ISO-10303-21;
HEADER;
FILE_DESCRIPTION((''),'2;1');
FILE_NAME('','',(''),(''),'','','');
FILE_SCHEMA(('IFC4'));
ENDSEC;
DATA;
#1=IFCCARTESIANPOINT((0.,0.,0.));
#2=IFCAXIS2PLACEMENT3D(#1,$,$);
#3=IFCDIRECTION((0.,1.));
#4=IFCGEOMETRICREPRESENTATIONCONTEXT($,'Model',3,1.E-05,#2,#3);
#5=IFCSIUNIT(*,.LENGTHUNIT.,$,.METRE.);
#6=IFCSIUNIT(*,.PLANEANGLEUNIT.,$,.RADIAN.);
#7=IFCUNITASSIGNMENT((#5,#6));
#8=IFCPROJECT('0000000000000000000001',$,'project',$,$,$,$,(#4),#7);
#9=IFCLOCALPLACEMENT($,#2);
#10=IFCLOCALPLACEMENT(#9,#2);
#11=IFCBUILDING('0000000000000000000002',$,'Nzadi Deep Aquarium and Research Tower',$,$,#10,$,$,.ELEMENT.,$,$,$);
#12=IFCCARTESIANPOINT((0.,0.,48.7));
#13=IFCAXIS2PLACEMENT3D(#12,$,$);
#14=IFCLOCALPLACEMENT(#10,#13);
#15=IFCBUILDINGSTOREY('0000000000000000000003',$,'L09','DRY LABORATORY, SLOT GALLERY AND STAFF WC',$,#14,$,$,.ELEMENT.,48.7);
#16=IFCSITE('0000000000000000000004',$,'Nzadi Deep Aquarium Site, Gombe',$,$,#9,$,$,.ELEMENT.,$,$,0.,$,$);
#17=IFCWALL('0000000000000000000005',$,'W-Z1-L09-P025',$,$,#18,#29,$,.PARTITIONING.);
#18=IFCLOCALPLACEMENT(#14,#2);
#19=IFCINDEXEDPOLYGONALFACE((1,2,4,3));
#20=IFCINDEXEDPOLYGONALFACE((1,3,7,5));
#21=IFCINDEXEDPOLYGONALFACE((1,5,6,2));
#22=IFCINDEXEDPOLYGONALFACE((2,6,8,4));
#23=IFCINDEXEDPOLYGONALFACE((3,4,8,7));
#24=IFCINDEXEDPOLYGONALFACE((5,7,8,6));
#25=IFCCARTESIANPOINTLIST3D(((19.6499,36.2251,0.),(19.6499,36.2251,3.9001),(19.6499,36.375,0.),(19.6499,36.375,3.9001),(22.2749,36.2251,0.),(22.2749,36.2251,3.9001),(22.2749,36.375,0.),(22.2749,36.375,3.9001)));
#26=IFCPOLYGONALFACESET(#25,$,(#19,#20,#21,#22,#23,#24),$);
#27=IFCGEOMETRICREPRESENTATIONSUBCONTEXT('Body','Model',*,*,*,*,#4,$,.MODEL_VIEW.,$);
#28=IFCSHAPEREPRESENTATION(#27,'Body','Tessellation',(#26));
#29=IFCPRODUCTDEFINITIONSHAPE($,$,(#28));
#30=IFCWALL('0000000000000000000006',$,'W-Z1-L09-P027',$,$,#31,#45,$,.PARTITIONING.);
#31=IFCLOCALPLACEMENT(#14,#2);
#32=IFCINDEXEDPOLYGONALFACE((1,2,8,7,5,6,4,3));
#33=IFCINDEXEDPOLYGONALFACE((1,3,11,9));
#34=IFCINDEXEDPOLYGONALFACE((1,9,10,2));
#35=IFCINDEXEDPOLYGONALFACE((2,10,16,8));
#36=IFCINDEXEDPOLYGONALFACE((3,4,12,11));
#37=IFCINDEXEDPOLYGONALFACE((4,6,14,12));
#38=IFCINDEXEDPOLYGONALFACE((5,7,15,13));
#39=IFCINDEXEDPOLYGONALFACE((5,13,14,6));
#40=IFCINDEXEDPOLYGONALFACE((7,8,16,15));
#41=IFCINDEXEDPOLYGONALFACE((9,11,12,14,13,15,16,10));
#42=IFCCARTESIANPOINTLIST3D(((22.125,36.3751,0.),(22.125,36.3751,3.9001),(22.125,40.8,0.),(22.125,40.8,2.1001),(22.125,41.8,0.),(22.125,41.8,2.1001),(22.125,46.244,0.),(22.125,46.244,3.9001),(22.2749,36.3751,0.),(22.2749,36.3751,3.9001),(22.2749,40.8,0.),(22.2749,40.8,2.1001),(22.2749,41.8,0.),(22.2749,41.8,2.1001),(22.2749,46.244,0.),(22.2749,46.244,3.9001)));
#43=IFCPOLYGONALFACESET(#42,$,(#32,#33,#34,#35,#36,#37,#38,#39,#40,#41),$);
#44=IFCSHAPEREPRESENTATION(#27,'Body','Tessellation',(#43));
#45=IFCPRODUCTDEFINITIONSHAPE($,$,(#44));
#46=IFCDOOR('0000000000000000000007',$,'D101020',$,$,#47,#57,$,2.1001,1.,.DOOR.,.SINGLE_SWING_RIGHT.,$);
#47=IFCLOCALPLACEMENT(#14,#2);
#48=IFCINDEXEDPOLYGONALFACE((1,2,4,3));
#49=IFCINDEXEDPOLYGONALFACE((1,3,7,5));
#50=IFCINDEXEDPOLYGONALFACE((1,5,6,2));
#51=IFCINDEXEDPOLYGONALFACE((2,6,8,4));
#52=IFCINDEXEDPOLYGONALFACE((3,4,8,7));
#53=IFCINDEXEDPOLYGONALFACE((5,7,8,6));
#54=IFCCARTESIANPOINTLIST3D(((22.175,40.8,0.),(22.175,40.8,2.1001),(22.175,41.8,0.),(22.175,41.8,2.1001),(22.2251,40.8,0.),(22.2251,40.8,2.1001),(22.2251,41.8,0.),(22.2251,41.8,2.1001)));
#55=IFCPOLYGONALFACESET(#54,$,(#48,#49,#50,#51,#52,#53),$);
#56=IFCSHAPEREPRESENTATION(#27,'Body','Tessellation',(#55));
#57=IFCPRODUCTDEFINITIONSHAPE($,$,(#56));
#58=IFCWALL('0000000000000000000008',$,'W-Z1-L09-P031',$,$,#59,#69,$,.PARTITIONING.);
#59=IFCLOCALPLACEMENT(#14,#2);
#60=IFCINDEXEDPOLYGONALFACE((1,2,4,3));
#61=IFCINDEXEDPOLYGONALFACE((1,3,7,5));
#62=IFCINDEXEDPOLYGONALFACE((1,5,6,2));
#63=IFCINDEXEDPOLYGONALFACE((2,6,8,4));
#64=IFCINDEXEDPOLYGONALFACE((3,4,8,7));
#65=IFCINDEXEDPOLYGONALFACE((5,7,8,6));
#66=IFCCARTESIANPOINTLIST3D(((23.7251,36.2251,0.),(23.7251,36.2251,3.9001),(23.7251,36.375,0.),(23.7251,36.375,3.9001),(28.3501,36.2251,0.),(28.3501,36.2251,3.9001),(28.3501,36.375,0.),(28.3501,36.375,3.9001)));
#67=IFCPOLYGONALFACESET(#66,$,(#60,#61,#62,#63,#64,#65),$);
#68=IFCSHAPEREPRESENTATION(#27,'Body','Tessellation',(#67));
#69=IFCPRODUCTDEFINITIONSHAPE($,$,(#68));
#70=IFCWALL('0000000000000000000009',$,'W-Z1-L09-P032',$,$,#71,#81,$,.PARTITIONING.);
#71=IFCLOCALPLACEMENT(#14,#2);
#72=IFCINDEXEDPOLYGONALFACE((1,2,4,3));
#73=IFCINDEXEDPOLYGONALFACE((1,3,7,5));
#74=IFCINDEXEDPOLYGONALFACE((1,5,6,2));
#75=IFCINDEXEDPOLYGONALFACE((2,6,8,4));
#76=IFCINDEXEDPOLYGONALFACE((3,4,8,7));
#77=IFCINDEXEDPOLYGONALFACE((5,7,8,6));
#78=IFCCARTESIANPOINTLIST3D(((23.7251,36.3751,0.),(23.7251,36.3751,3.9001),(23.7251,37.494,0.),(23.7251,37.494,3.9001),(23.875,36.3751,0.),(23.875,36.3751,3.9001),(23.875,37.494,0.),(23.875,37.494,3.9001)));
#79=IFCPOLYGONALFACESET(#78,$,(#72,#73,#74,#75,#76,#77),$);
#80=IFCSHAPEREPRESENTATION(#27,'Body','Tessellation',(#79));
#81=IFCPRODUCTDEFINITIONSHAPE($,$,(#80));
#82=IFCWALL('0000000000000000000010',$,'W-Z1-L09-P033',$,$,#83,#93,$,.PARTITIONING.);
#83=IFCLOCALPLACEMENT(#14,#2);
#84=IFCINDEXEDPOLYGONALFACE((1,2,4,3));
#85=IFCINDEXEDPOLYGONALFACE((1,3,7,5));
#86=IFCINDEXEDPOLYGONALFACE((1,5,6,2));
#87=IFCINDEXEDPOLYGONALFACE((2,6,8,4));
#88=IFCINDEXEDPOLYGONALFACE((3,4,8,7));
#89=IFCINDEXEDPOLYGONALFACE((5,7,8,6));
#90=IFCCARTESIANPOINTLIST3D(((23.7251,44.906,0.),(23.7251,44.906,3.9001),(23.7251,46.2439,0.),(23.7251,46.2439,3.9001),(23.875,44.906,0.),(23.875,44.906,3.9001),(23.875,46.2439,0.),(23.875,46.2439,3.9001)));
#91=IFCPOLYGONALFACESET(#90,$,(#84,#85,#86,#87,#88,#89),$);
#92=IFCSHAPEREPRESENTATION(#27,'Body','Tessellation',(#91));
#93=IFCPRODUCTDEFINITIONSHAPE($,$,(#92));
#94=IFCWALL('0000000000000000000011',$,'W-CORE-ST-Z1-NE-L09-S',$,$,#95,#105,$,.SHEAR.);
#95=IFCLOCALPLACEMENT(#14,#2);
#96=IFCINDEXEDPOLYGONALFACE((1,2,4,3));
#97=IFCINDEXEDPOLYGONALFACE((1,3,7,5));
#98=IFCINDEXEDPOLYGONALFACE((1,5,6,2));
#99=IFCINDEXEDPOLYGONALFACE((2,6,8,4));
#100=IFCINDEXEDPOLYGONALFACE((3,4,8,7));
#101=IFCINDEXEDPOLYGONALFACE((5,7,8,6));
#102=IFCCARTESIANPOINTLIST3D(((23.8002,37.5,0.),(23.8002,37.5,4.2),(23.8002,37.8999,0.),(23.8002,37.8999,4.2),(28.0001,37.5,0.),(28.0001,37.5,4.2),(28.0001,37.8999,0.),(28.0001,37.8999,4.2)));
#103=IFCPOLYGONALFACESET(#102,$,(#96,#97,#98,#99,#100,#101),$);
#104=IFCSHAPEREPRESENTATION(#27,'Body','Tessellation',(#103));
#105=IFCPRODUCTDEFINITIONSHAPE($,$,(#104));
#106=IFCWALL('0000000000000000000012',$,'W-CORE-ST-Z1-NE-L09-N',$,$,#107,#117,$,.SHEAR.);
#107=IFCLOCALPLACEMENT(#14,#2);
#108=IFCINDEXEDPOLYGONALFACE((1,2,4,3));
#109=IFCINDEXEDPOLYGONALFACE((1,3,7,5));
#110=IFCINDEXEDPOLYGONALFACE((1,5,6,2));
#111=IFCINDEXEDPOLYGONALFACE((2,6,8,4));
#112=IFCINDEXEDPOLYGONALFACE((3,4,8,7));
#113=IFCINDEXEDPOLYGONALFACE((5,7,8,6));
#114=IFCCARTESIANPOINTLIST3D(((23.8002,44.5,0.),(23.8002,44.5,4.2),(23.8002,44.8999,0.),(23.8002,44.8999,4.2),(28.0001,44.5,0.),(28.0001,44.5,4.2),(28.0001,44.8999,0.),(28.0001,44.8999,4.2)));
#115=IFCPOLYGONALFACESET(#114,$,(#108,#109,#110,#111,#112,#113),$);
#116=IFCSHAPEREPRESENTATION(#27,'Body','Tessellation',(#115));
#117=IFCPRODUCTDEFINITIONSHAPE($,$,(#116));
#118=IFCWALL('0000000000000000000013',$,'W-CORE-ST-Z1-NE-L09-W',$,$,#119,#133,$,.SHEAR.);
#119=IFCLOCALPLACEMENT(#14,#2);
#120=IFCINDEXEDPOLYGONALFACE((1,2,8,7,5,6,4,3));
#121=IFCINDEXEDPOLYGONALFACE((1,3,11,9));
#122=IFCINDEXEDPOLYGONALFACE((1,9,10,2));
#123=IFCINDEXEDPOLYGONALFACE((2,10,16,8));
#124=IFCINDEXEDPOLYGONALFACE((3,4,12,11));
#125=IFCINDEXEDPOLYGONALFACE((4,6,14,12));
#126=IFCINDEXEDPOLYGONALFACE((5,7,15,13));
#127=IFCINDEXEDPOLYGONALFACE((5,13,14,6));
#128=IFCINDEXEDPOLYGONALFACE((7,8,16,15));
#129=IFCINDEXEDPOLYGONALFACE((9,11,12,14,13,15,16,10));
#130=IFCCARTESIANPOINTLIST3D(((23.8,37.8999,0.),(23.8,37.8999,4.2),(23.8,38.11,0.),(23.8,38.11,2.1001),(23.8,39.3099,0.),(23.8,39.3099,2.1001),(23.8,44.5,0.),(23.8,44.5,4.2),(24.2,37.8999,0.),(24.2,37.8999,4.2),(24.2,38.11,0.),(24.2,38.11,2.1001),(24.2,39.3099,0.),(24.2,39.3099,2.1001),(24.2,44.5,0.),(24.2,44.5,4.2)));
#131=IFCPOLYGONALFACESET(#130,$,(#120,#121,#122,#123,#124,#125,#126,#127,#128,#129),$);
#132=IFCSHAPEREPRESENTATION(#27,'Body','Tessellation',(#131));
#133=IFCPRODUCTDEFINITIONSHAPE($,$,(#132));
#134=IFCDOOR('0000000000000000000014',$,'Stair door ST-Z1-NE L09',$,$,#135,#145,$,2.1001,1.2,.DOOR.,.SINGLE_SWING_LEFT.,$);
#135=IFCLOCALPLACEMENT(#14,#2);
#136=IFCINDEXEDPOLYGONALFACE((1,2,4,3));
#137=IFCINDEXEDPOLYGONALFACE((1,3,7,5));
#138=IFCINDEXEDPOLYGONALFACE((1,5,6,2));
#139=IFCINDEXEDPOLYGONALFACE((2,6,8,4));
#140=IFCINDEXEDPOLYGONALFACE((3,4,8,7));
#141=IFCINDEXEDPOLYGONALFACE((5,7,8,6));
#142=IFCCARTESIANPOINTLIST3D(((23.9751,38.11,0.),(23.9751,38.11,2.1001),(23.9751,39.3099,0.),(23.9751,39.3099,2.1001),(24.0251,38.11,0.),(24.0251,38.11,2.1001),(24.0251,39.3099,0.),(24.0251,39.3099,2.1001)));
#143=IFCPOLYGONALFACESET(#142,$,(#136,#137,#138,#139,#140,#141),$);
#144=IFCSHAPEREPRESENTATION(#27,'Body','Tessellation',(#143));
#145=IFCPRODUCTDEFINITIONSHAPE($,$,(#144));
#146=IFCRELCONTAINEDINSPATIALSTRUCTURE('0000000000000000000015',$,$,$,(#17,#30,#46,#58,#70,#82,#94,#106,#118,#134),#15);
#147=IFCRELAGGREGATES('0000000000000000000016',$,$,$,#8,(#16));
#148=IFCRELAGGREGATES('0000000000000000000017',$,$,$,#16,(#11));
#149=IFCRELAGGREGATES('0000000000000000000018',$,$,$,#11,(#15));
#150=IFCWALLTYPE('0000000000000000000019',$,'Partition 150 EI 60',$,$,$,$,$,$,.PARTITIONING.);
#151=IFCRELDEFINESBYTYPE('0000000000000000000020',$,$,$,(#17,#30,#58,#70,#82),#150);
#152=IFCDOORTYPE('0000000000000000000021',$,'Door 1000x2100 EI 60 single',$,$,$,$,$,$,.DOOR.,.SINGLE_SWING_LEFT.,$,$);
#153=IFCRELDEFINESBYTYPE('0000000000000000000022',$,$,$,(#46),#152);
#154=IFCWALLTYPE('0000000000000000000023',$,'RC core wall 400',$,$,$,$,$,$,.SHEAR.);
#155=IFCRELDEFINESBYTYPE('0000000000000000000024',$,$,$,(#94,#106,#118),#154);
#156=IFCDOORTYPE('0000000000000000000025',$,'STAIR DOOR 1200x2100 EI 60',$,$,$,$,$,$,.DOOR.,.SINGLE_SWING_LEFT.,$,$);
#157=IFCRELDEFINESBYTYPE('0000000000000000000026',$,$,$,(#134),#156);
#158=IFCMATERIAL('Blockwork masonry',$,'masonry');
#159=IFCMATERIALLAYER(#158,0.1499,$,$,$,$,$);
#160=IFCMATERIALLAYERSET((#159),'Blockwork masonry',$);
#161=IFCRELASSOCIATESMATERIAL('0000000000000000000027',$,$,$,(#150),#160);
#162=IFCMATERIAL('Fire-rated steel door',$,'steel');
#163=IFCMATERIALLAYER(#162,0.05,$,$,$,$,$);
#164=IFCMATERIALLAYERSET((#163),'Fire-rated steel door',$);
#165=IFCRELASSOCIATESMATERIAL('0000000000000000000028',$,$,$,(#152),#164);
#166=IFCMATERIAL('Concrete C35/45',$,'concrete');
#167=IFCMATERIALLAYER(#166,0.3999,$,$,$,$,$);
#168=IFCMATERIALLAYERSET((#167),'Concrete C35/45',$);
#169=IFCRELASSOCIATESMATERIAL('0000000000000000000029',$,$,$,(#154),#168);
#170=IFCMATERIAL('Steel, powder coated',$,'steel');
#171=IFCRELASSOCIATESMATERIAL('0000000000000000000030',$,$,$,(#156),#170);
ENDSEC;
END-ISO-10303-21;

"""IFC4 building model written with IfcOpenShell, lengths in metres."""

from ifc_helpers import new_model, si_unit, direction, frame, frame_2d, origin, place, context, subcontext, project, spatial, rectangle, extrude, material, layer, layer_set, type_object, element, fill, save


model = new_model("IFC4")

# Units and contexts
model_context = context("Model", 3, precision=1e-05, world=origin(), true_north=direction((0.0, 1.0)))
body_context = subcontext(model_context, "Body", "Model", "MODEL_VIEW")
ifc_project = project(units=[si_unit("LENGTHUNIT", "METRE"), si_unit("PLANEANGLEUNIT", "RADIAN")], contexts=[model_context])

# Site, building, storey
site_placement = place(None, origin())
site = spatial("IfcSite", under=ifc_project, at=site_placement, Name="Nzadi Deep Aquarium Site, Gombe", CompositionType="ELEMENT", RefElevation=0.0)
building_placement = place(site_placement, origin())
building = spatial("IfcBuilding", under=site, at=building_placement, Name="Nzadi Deep Aquarium and Research Tower", CompositionType="ELEMENT")
storey_placement = place(building_placement, frame((0.0, 0.0, 48.7)))
storey = spatial("IfcBuildingStorey", under=building, at=storey_placement, Name="L09", Description="DRY LABORATORY, SLOT GALLERY AND STAFF WC", CompositionType="ELEMENT", Elevation=48.7)

# Wall
ifc_material_1 = material(Name="Blockwork masonry", Category="masonry")
ifc_layer_1 = layer(ifc_material_1, 0.1499)
ifc_layer_set_1 = layer_set([ifc_layer_1], Name="Blockwork masonry")
wall_type_1 = type_object("IfcWallType", Name="Partition 150 EI 60", PredefinedType="PARTITIONING", material=ifc_layer_set_1)
wall_1_placement = place(storey_placement, frame((19.6499, 36.3, 0.0), z_axis=(0.0, 0.0, 1.0), x_axis=(1.0, 0.0, 0.0)))
element("IfcWall", 1, at=wall_1_placement, inside=storey, type_object=wall_type_1, Name="W-Z1-L09-P025", PredefinedType="PARTITIONING", context=body_context, shape_type="SweptSolid", body=[
    extrude(rectangle(XDim=2.625, YDim=0.1499, at=frame_2d((1.3125, 0.0))), origin(), (0.0, 0.0, 1.0), 3.9001),
])

# Wall, opening, door
wall_2_placement = place(storey_placement, frame((22.2, 36.375, 0.0), z_axis=(0.0, 0.0, 1.0), x_axis=(0.0, 1.0, 0.0)))
wall_2 = element("IfcWall", 2, at=wall_2_placement, inside=storey, type_object=wall_type_1, Name="W-Z1-L09-P027", PredefinedType="PARTITIONING", context=body_context, shape_type="SweptSolid", body=[
    extrude(rectangle(XDim=9.8689, YDim=0.1499, at=frame_2d((4.9346, 0.0))), origin(), (0.0, 0.0, 1.0), 3.9001),
])
opening_1_placement = place(wall_2_placement, frame((4.425, 0.0, 0.0)))
opening_1 = element("IfcOpeningElement", 3, at=opening_1_placement, cuts=wall_2, PredefinedType="OPENING", context=body_context, shape_type="SweptSolid", body=[
    extrude(rectangle(XDim=1.0, YDim=2.1001, at=frame_2d((0.5, 1.05))), frame((0.0, 0.085, 0.0), z_axis=(0.0, -1.0, 0.0), x_axis=(1.0, 0.0, 0.0)), (0.0, 0.0, 1.0), 0.1699),
])
ifc_material_2 = material(Name="Fire-rated steel door", Category="steel")
ifc_layer_2 = layer(ifc_material_2, 0.05)
ifc_layer_set_2 = layer_set([ifc_layer_2], Name="Fire-rated steel door")
door_type_1 = type_object("IfcDoorType", Name="Door 1000x2100 EI 60 single", OperationType="SINGLE_SWING_LEFT", PredefinedType="DOOR", material=ifc_layer_set_2)
door_1_placement = place(opening_1_placement, origin())
door_1 = element("IfcDoor", 4, at=door_1_placement, inside=storey, type_object=door_type_1, Name="D101020", OperationType="SINGLE_SWING_RIGHT", OverallHeight=2.1001, OverallWidth=1.0, PredefinedType="DOOR", context=body_context, shape_type="SweptSolid", body=[
    extrude(rectangle(XDim=1.0, YDim=2.1001, at=frame_2d((0.5, 1.05))), frame((0.0, 0.0249, 0.0), z_axis=(0.0, -1.0, 0.0), x_axis=(1.0, 0.0, 0.0)), (0.0, 0.0, 1.0), 0.05),
])
fill(opening_1, door_1)

# Walls
wall_3_placement = place(storey_placement, frame((23.7251, 36.3, 0.0), z_axis=(0.0, 0.0, 1.0), x_axis=(1.0, 0.0, 0.0)))
element("IfcWall", 5, at=wall_3_placement, inside=storey, type_object=wall_type_1, Name="W-Z1-L09-P031", PredefinedType="PARTITIONING", context=body_context, shape_type="SweptSolid", body=[
    extrude(rectangle(XDim=4.625, YDim=0.1499, at=frame_2d((2.3125, 0.0))), origin(), (0.0, 0.0, 1.0), 3.9001),
])
wall_4_placement = place(storey_placement, frame((23.8, 36.375, 0.0), z_axis=(0.0, 0.0, 1.0), x_axis=(0.0, 1.0, 0.0)))
element("IfcWall", 6, at=wall_4_placement, inside=storey, type_object=wall_type_1, Name="W-Z1-L09-P032", PredefinedType="PARTITIONING", context=body_context, shape_type="SweptSolid", body=[
    extrude(rectangle(XDim=1.1189, YDim=0.1499, at=frame_2d((0.5596, 0.0))), origin(), (0.0, 0.0, 1.0), 3.9001),
])
wall_5_placement = place(storey_placement, frame((23.8, 44.906, 0.0), z_axis=(0.0, 0.0, 1.0), x_axis=(0.0, 1.0, 0.0)))
element("IfcWall", 7, at=wall_5_placement, inside=storey, type_object=wall_type_1, Name="W-Z1-L09-P033", PredefinedType="PARTITIONING", context=body_context, shape_type="SweptSolid", body=[
    extrude(rectangle(XDim=1.3379, YDim=0.1499, at=frame_2d((0.6689, 0.0))), origin(), (0.0, 0.0, 1.0), 3.9001),
])
ifc_material_3 = material(Name="Concrete C35/45", Category="concrete")
ifc_layer_3 = layer(ifc_material_3, 0.3999)
ifc_layer_set_3 = layer_set([ifc_layer_3], Name="Concrete C35/45")
wall_type_2 = type_object("IfcWallType", Name="RC core wall 400", PredefinedType="SHEAR", material=ifc_layer_set_3)
for number, where, z_axis, x_axis, name in (
    (8, (23.8, 37.7, 0.0), (0.0, 0.0, 1.0), (1.0, 0.0, 0.0), "W-CORE-ST-Z1-NE-L09-S"),
    (9, (23.8, 44.7, 0.0), (0.0, 0.0, 1.0), (1.0, 0.0, 0.0), "W-CORE-ST-Z1-NE-L09-N"),
):
    element("IfcWall", number, at=place(storey_placement, frame(where, z_axis=z_axis, x_axis=x_axis)), inside=storey, type_object=wall_type_2, Name=name, PredefinedType="SHEAR", context=body_context, shape_type="SweptSolid", body=[
        extrude(rectangle(XDim=4.2, YDim=0.3999, at=frame_2d((2.1001, 0.0))), origin(), (0.0, 0.0, 1.0), 4.2),
    ])

# Wall, opening, door
wall_6_placement = place(storey_placement, frame((24.0, 37.8999, 0.0), z_axis=(0.0, 0.0, 1.0), x_axis=(0.0, 1.0, 0.0)))
wall_6 = element("IfcWall", 10, at=wall_6_placement, inside=storey, type_object=wall_type_2, Name="W-CORE-ST-Z1-NE-L09-W", PredefinedType="SHEAR", context=body_context, shape_type="SweptSolid", body=[
    extrude(rectangle(XDim=6.6001, YDim=0.3999, at=frame_2d((3.3, 0.0))), origin(), (0.0, 0.0, 1.0), 4.2),
])
opening_2_placement = place(wall_6_placement, frame((0.21, 0.0, 0.0)))
opening_2 = element("IfcOpeningElement", 11, at=opening_2_placement, cuts=wall_6, PredefinedType="OPENING", context=body_context, shape_type="SweptSolid", body=[
    extrude(rectangle(XDim=1.2, YDim=2.1001, at=frame_2d((0.6001, 1.05))), frame((0.0, 0.21, 0.0), z_axis=(0.0, -1.0, 0.0), x_axis=(1.0, 0.0, 0.0)), (0.0, 0.0, 1.0), 0.4199),
])
ifc_material_4 = material(Name="Steel, powder coated", Category="steel")
door_type_2 = type_object("IfcDoorType", Name="STAIR DOOR 1200x2100 EI 60", OperationType="SINGLE_SWING_LEFT", PredefinedType="DOOR", material=ifc_material_4)
door_2_placement = place(opening_2_placement, origin())
door_2 = element("IfcDoor", 12, at=door_2_placement, inside=storey, type_object=door_type_2, Name="Stair door ST-Z1-NE L09", OperationType="SINGLE_SWING_LEFT", OverallHeight=2.1001, OverallWidth=1.2, PredefinedType="DOOR", context=body_context, shape_type="SweptSolid", body=[
    extrude(rectangle(XDim=1.2, YDim=2.1001, at=frame_2d((0.6001, 1.05))), frame((0.0, 0.0249, 0.0), z_axis=(0.0, -1.0, 0.0), x_axis=(1.0, 0.0, 0.0)), (0.0, 0.0, 1.0), 0.05),
])
fill(opening_2, door_2)

save(model, "model.ifc")
